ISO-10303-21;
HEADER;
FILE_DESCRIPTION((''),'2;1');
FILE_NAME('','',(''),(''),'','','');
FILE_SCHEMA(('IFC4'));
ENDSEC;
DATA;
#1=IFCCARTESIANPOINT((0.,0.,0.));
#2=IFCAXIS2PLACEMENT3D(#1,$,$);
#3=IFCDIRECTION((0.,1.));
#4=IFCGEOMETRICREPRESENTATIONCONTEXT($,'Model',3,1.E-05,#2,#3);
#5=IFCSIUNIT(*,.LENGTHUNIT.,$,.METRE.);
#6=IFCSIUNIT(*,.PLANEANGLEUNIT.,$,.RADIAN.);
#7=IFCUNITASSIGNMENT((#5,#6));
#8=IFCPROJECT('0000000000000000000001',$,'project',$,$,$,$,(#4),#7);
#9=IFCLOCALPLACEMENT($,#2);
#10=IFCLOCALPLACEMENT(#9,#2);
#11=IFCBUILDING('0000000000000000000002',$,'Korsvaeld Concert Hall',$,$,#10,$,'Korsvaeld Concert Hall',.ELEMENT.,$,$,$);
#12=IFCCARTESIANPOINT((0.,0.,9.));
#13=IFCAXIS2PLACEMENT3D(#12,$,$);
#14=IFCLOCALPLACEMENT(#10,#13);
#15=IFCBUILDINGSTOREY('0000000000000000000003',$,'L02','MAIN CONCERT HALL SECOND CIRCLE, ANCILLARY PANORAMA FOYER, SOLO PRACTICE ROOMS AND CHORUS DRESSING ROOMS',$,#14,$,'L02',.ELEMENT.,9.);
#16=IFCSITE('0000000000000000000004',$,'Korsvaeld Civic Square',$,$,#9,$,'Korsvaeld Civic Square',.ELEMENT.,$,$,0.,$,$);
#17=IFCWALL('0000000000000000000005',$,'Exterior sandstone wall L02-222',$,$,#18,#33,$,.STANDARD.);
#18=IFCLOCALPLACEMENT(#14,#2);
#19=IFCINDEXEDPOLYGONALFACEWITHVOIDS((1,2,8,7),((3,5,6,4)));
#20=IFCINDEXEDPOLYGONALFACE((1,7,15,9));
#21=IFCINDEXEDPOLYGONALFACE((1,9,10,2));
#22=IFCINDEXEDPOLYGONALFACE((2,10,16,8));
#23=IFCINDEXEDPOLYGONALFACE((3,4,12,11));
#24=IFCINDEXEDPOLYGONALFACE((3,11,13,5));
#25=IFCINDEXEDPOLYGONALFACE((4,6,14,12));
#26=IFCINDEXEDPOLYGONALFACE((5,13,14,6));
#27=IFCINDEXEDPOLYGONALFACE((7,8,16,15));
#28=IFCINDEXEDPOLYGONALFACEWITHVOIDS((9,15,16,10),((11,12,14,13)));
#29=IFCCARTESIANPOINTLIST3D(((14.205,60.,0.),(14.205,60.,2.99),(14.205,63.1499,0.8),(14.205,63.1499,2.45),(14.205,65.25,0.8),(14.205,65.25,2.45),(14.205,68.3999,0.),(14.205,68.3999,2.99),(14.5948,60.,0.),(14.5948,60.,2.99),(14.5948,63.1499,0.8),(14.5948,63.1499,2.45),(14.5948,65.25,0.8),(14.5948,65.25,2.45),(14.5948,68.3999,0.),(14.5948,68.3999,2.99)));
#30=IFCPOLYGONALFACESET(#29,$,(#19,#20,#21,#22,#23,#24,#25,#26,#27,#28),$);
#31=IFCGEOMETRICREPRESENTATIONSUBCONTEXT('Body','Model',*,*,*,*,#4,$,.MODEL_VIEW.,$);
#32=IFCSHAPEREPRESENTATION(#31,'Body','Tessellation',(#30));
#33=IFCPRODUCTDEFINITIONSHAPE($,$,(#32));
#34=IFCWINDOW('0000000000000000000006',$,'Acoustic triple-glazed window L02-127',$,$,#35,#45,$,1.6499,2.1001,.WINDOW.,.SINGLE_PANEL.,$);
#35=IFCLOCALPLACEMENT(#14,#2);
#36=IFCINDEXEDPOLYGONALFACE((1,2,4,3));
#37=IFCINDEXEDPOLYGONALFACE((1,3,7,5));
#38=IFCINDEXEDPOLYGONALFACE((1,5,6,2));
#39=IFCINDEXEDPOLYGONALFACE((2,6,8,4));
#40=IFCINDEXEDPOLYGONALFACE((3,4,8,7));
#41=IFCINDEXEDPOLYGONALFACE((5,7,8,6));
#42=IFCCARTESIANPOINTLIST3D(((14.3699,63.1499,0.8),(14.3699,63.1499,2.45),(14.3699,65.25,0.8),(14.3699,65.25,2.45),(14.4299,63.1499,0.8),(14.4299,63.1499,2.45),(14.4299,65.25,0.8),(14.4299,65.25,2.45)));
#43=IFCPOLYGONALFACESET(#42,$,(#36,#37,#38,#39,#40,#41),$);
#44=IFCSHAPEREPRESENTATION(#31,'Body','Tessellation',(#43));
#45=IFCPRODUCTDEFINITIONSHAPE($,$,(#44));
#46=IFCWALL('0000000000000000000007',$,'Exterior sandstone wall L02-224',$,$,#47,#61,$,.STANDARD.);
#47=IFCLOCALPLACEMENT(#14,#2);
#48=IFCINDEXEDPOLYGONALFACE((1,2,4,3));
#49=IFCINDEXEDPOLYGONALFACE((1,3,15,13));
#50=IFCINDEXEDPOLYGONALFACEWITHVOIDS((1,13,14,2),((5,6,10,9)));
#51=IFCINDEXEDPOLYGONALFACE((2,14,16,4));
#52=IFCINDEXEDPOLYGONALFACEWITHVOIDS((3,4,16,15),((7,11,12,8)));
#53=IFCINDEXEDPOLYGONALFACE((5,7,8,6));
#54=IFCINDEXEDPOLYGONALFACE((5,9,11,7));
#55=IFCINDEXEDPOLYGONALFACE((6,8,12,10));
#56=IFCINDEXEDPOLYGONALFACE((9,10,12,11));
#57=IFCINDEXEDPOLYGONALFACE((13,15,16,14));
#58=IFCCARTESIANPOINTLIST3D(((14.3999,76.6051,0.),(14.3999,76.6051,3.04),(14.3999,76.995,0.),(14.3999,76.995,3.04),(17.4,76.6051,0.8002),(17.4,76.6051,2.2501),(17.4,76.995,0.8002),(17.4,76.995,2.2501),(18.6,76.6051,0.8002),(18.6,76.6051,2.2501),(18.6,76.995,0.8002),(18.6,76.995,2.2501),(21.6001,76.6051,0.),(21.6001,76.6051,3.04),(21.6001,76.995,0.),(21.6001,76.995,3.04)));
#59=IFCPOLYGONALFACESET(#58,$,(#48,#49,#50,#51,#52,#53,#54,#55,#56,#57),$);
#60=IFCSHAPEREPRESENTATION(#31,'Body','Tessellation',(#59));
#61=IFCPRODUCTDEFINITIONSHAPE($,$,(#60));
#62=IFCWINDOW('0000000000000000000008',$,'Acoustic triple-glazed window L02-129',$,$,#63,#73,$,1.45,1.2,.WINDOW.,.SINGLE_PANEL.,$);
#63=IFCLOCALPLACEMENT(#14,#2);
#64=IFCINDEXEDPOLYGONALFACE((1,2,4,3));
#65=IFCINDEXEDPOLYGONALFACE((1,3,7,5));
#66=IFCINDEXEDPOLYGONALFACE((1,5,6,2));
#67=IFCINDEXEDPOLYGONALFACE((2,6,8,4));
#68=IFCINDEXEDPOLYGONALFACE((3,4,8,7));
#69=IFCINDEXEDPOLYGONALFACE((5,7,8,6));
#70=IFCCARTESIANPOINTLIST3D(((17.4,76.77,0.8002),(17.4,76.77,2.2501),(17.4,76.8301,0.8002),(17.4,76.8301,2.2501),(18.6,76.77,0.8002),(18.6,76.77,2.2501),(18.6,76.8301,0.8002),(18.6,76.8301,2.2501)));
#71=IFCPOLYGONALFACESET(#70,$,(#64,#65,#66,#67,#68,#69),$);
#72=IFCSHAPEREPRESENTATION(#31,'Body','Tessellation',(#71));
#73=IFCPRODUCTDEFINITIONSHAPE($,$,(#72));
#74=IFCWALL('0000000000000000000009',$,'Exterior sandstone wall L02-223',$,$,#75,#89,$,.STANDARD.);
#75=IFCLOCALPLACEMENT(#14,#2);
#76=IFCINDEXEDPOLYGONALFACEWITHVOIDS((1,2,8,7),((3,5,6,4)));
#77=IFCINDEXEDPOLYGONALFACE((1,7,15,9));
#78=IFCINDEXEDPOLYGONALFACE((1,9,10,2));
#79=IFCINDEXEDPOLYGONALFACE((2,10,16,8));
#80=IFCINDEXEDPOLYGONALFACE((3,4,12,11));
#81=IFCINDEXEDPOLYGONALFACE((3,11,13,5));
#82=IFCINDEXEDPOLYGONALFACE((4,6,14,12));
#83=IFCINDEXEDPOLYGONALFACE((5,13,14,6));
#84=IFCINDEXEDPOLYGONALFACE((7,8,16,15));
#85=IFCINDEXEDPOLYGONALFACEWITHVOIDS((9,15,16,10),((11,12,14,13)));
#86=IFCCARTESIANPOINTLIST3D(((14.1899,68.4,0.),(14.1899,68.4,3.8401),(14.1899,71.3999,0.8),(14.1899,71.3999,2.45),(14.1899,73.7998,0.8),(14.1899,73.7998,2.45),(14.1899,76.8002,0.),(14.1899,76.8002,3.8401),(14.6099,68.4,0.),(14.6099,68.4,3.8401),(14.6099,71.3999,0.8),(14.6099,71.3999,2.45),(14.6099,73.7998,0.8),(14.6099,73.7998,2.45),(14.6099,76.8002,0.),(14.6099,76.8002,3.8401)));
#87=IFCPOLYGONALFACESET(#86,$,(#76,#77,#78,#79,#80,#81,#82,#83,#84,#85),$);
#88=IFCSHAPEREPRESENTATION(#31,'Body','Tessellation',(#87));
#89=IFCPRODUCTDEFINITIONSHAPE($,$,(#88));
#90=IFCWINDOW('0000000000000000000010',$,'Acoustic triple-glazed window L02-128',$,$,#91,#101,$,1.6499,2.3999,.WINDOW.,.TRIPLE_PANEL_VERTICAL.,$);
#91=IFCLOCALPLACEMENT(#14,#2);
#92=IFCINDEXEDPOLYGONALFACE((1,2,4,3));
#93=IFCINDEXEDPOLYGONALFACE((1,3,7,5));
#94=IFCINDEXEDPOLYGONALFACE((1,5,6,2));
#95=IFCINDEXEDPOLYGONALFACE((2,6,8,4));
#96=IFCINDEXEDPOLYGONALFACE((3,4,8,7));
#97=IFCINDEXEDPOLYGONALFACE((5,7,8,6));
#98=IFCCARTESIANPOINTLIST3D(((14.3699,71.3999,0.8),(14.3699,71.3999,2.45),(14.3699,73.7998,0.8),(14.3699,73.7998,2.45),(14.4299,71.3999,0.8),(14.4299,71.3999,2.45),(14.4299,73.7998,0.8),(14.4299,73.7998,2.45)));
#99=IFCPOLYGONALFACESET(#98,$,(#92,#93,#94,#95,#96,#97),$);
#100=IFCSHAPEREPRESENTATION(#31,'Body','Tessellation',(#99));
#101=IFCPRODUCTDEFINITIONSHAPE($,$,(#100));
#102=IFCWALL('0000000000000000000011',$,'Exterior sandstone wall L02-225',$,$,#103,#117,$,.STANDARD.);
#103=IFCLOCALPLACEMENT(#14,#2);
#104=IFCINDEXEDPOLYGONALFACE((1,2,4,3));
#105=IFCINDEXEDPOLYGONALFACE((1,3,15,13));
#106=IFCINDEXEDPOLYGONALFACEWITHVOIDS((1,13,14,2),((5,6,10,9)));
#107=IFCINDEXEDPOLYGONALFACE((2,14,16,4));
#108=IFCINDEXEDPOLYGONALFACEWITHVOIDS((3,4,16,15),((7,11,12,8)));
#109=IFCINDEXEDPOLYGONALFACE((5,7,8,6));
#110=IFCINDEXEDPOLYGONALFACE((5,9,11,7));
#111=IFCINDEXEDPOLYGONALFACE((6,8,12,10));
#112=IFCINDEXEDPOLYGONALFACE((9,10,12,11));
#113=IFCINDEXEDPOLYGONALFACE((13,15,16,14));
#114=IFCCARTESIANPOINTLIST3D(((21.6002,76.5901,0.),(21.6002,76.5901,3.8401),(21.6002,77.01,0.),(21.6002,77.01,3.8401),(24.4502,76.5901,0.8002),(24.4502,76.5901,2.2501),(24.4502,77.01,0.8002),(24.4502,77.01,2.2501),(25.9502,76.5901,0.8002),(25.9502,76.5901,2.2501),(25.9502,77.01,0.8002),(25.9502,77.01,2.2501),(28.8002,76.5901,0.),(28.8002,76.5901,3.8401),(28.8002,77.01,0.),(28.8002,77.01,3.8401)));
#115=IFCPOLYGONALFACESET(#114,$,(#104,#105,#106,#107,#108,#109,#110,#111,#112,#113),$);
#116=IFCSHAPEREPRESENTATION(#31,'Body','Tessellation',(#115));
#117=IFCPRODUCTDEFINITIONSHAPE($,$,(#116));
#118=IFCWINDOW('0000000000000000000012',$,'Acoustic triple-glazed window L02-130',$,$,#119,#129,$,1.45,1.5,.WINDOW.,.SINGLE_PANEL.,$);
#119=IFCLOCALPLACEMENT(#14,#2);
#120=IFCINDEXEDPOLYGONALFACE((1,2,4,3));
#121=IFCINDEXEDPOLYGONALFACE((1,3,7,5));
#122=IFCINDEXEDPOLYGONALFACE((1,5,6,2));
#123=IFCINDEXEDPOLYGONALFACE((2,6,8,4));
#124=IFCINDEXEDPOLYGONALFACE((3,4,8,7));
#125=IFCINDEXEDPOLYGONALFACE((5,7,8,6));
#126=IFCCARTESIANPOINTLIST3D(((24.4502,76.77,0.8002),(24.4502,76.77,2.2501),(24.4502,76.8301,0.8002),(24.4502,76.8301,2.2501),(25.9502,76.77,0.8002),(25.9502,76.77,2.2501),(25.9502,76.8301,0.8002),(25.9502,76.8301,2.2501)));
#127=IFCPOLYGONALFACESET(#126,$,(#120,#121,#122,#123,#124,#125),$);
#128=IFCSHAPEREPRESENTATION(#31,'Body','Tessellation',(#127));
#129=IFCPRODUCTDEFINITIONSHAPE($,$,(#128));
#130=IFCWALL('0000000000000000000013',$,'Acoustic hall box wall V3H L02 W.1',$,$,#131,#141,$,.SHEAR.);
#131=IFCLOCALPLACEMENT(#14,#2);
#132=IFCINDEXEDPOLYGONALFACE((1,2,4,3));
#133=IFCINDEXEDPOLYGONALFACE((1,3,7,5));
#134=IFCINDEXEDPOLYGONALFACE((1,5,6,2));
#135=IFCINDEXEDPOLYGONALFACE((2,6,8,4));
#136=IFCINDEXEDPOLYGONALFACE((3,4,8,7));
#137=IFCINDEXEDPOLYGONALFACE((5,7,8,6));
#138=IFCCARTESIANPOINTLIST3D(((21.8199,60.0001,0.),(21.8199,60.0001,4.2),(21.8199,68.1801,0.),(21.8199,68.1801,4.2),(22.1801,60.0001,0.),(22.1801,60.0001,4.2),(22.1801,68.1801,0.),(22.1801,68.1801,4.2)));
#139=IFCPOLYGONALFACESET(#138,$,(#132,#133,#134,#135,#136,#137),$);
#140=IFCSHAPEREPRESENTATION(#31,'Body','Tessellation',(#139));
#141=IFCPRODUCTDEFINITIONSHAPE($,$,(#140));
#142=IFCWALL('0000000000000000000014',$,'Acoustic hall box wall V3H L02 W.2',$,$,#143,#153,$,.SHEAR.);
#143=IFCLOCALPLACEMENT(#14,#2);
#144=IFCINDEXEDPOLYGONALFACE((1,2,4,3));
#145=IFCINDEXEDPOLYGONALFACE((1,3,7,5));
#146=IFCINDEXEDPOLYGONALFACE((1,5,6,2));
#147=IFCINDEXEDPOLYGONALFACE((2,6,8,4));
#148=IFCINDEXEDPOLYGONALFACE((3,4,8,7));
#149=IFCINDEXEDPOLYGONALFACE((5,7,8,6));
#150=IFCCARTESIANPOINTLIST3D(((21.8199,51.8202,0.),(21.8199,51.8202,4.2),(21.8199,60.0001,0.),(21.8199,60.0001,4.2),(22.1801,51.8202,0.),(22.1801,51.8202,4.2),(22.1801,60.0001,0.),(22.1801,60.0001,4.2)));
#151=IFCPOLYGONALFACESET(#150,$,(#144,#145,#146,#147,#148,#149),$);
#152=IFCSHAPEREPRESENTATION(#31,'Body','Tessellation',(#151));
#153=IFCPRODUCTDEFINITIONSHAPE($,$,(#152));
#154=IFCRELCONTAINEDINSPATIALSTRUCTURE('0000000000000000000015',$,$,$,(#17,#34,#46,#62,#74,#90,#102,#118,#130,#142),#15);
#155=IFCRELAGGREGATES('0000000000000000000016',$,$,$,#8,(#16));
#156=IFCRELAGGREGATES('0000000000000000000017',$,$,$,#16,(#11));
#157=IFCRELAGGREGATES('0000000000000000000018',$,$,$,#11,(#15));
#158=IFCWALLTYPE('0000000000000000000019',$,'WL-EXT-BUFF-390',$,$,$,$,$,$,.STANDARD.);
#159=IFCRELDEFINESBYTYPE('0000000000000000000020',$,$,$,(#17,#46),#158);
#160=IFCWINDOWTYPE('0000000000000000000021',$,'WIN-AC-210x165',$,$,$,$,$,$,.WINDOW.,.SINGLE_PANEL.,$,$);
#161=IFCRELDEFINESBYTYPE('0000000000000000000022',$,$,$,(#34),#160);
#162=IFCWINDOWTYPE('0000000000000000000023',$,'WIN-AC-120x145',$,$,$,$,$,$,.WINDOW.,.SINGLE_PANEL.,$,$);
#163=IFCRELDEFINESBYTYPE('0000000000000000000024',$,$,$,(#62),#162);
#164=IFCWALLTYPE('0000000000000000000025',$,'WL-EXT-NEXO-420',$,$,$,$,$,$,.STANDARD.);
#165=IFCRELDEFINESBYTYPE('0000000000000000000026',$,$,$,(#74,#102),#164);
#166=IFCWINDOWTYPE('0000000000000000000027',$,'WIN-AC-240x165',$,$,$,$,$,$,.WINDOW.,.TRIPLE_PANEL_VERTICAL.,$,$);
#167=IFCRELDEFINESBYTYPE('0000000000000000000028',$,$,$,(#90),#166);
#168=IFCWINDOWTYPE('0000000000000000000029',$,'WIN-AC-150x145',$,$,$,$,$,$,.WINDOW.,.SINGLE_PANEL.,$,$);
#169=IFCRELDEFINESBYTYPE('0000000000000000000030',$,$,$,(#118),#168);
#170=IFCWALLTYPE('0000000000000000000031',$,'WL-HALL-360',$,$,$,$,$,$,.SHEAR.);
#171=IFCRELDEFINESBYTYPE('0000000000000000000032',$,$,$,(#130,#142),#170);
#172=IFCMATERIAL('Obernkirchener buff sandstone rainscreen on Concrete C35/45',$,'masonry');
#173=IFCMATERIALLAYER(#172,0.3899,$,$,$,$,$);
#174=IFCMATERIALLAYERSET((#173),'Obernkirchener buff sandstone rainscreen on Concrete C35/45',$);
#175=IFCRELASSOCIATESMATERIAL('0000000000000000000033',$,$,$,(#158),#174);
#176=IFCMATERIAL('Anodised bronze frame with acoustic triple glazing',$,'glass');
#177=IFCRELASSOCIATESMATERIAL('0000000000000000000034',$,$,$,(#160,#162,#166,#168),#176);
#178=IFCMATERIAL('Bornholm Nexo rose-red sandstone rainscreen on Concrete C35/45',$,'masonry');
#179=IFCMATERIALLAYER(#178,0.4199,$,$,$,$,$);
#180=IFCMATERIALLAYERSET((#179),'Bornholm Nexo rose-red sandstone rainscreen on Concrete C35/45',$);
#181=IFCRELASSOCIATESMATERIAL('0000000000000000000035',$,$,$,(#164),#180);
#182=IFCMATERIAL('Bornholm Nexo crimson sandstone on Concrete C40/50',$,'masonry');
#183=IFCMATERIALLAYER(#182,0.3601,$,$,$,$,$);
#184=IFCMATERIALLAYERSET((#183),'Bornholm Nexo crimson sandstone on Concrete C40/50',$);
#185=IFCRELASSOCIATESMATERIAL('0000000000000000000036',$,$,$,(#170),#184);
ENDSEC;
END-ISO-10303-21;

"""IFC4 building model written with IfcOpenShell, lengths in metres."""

from ifc_helpers import new_model, si_unit, direction, frame, frame_2d, origin, place, context, subcontext, project, spatial, rectangle, extrude, material, layer, layer_set, type_object, element, fill, save


model = new_model("IFC4")

# Units and contexts
model_context = context("Model", 3, precision=1e-05, world=origin(), true_north=direction((0.0, 1.0)))
body_context = subcontext(model_context, "Body", "Model", "MODEL_VIEW")
ifc_project = project(units=[si_unit("LENGTHUNIT", "METRE"), si_unit("PLANEANGLEUNIT", "RADIAN")], contexts=[model_context])

# Site, building, storey
site_placement = place(None, origin())
site = spatial("IfcSite", under=ifc_project, at=site_placement, Name="Korsvaeld Civic Square", LongName="Korsvaeld Civic Square", CompositionType="ELEMENT", RefElevation=0.0)
building_placement = place(site_placement, origin())
building = spatial("IfcBuilding", under=site, at=building_placement, Name="Korsvaeld Concert Hall", LongName="Korsvaeld Concert Hall", CompositionType="ELEMENT")
storey_placement = place(building_placement, frame((0.0, 0.0, 9.0)))
storey = spatial("IfcBuildingStorey", under=building, at=storey_placement, Name="L02", Description="MAIN CONCERT HALL SECOND CIRCLE, ANCILLARY PANORAMA FOYER, SOLO PRACTICE ROOMS AND CHORUS DRESSING ROOMS", LongName="L02", CompositionType="ELEMENT", Elevation=9.0)

# Walls, openings, windows
ifc_material_1 = material(Name="Obernkirchener buff sandstone rainscreen on Concrete C35/45", Category="masonry")
ifc_layer_1 = layer(ifc_material_1, 0.3899)
ifc_layer_set_1 = layer_set([ifc_layer_1], Name="Obernkirchener buff sandstone rainscreen on Concrete C35/45")
wall_type_1 = type_object("IfcWallType", Name="WL-EXT-BUFF-390", PredefinedType="STANDARD", material=ifc_layer_set_1)
wall_1_placement = place(storey_placement, frame((14.3999, 60.0, 0.0), z_axis=(0.0, 0.0, 1.0), x_axis=(0.0, 1.0, 0.0)))
wall_1 = element("IfcWall", 1, at=wall_1_placement, inside=storey, type_object=wall_type_1, Name="Exterior sandstone wall L02-222", PredefinedType="STANDARD", context=body_context, shape_type="SweptSolid", body=[
    extrude(rectangle(XDim=8.3999, YDim=0.3899, at=frame_2d((4.2, 0.0))), origin(), (0.0, 0.0, 1.0), 2.99),
])
opening_1_placement = place(wall_1_placement, frame((3.1499, 0.0, 0.8)))
opening_1 = element("IfcOpeningElement", 2, at=opening_1_placement, cuts=wall_1, PredefinedType="OPENING", context=body_context, shape_type="SweptSolid", body=[
    extrude(rectangle(XDim=2.1001, YDim=1.6499, at=frame_2d((1.05, 0.825))), frame((0.0, 0.2051, 0.0), z_axis=(0.0, -1.0, 0.0), x_axis=(1.0, 0.0, 0.0)), (0.0, 0.0, 1.0), 0.4099),
])
ifc_material_2 = material(Name="Anodised bronze frame with acoustic triple glazing", Category="glass")
window_type_1 = type_object("IfcWindowType", Name="WIN-AC-210x165", PartitioningType="SINGLE_PANEL", PredefinedType="WINDOW", material=ifc_material_2)
window_1_placement = place(opening_1_placement, origin())
window_1 = element("IfcWindow", 3, at=window_1_placement, inside=storey, type_object=window_type_1, Name="Acoustic triple-glazed window L02-127", OverallHeight=1.6499, OverallWidth=2.1001, PartitioningType="SINGLE_PANEL", PredefinedType="WINDOW", context=body_context, shape_type="SweptSolid", body=[
    extrude(rectangle(XDim=2.1001, YDim=1.6499, at=frame_2d((1.05, 0.825))), frame((0.0, 0.03, 0.0), z_axis=(0.0, -1.0, 0.0), x_axis=(1.0, 0.0, 0.0)), (0.0, 0.0, 1.0), 0.0601),
])
fill(opening_1, window_1)
wall_2_placement = place(storey_placement, frame((14.3999, 76.8, 0.0), z_axis=(0.0, 0.0, 1.0), x_axis=(1.0, 0.0, 0.0)))
wall_2 = element("IfcWall", 4, at=wall_2_placement, inside=storey, type_object=wall_type_1, Name="Exterior sandstone wall L02-224", PredefinedType="STANDARD", context=body_context, shape_type="SweptSolid", body=[
    extrude(rectangle(XDim=7.2002, YDim=0.3899, at=frame_2d((3.6001, 0.0))), origin(), (0.0, 0.0, 1.0), 3.04),
])
opening_2_placement = place(wall_2_placement, frame((3.0, 0.0, 0.8)))
opening_2 = element("IfcOpeningElement", 5, at=opening_2_placement, cuts=wall_2, PredefinedType="OPENING", context=body_context, shape_type="SweptSolid", body=[
    extrude(rectangle(XDim=1.2, YDim=1.45, at=frame_2d((0.6001, 0.7251))), frame((0.0, 0.2051, 0.0), z_axis=(0.0, -1.0, 0.0), x_axis=(1.0, 0.0, 0.0)), (0.0, 0.0, 1.0), 0.4099),
])
window_type_2 = type_object("IfcWindowType", Name="WIN-AC-120x145", PartitioningType="SINGLE_PANEL", PredefinedType="WINDOW", material=ifc_material_2)
window_2_placement = place(opening_2_placement, origin())
window_2 = element("IfcWindow", 6, at=window_2_placement, inside=storey, type_object=window_type_2, Name="Acoustic triple-glazed window L02-129", OverallHeight=1.45, OverallWidth=1.2, PartitioningType="SINGLE_PANEL", PredefinedType="WINDOW", context=body_context, shape_type="SweptSolid", body=[
    extrude(rectangle(XDim=1.2, YDim=1.45, at=frame_2d((0.6001, 0.7251))), frame((0.0, 0.03, 0.0), z_axis=(0.0, -1.0, 0.0), x_axis=(1.0, 0.0, 0.0)), (0.0, 0.0, 1.0), 0.0601),
])
fill(opening_2, window_2)
ifc_material_3 = material(Name="Bornholm Nexo rose-red sandstone rainscreen on Concrete C35/45", Category="masonry")
ifc_layer_2 = layer(ifc_material_3, 0.4199)
ifc_layer_set_2 = layer_set([ifc_layer_2], Name="Bornholm Nexo rose-red sandstone rainscreen on Concrete C35/45")
wall_type_2 = type_object("IfcWallType", Name="WL-EXT-NEXO-420", PredefinedType="STANDARD", material=ifc_layer_set_2)
wall_3_placement = place(storey_placement, frame((14.3999, 68.3999, 0.0), z_axis=(0.0, 0.0, 1.0), x_axis=(0.0, 1.0, 0.0)))
wall_3 = element("IfcWall", 7, at=wall_3_placement, inside=storey, type_object=wall_type_2, Name="Exterior sandstone wall L02-223", PredefinedType="STANDARD", context=body_context, shape_type="SweptSolid", body=[
    extrude(rectangle(XDim=8.4001, YDim=0.4199, at=frame_2d((4.2002, 0.0))), origin(), (0.0, 0.0, 1.0), 3.8401),
])
opening_3_placement = place(wall_3_placement, frame((3.0, 0.0, 0.8)))
opening_3 = element("IfcOpeningElement", 8, at=opening_3_placement, cuts=wall_3, PredefinedType="OPENING", context=body_context, shape_type="SweptSolid", body=[
    extrude(rectangle(XDim=2.3999, YDim=1.6499, at=frame_2d((1.2, 0.825))), frame((0.0, 0.22, 0.0), z_axis=(0.0, -1.0, 0.0), x_axis=(1.0, 0.0, 0.0)), (0.0, 0.0, 1.0), 0.4399),
])
window_type_3 = type_object("IfcWindowType", Name="WIN-AC-240x165", PartitioningType="TRIPLE_PANEL_VERTICAL", PredefinedType="WINDOW", material=ifc_material_2)
window_3_placement = place(opening_3_placement, origin())
window_3 = element("IfcWindow", 9, at=window_3_placement, inside=storey, type_object=window_type_3, Name="Acoustic triple-glazed window L02-128", OverallHeight=1.6499, OverallWidth=2.3999, PartitioningType="TRIPLE_PANEL_VERTICAL", PredefinedType="WINDOW", context=body_context, shape_type="SweptSolid", body=[
    extrude(rectangle(XDim=2.3999, YDim=1.6499, at=frame_2d((1.2, 0.825))), frame((0.0, 0.03, 0.0), z_axis=(0.0, -1.0, 0.0), x_axis=(1.0, 0.0, 0.0)), (0.0, 0.0, 1.0), 0.0601),
])
fill(opening_3, window_3)
wall_4_placement = place(storey_placement, frame((21.6001, 76.8, 0.0), z_axis=(0.0, 0.0, 1.0), x_axis=(1.0, 0.0, 0.0)))
wall_4 = element("IfcWall", 10, at=wall_4_placement, inside=storey, type_object=wall_type_2, Name="Exterior sandstone wall L02-225", PredefinedType="STANDARD", context=body_context, shape_type="SweptSolid", body=[
    extrude(rectangle(XDim=7.2, YDim=0.4199, at=frame_2d((3.6001, 0.0))), origin(), (0.0, 0.0, 1.0), 3.8401),
])
opening_4_placement = place(wall_4_placement, frame((2.8501, 0.0, 0.8)))
opening_4 = element("IfcOpeningElement", 11, at=opening_4_placement, cuts=wall_4, PredefinedType="OPENING", context=body_context, shape_type="SweptSolid", body=[
    extrude(rectangle(XDim=1.5, YDim=1.45, at=frame_2d((0.75, 0.7251))), frame((0.0, 0.22, 0.0), z_axis=(0.0, -1.0, 0.0), x_axis=(1.0, 0.0, 0.0)), (0.0, 0.0, 1.0), 0.4399),
])
window_type_4 = type_object("IfcWindowType", Name="WIN-AC-150x145", PartitioningType="SINGLE_PANEL", PredefinedType="WINDOW", material=ifc_material_2)
window_4_placement = place(opening_4_placement, origin())
window_4 = element("IfcWindow", 12, at=window_4_placement, inside=storey, type_object=window_type_4, Name="Acoustic triple-glazed window L02-130", OverallHeight=1.45, OverallWidth=1.5, PartitioningType="SINGLE_PANEL", PredefinedType="WINDOW", context=body_context, shape_type="SweptSolid", body=[
    extrude(rectangle(XDim=1.5, YDim=1.45, at=frame_2d((0.75, 0.7251))), frame((0.0, 0.03, 0.0), z_axis=(0.0, -1.0, 0.0), x_axis=(1.0, 0.0, 0.0)), (0.0, 0.0, 1.0), 0.0601),
])
fill(opening_4, window_4)

# Walls
ifc_material_4 = material(Name="Bornholm Nexo crimson sandstone on Concrete C40/50", Category="masonry")
ifc_layer_3 = layer(ifc_material_4, 0.3601)
ifc_layer_set_3 = layer_set([ifc_layer_3], Name="Bornholm Nexo crimson sandstone on Concrete C40/50")
wall_type_3 = type_object("IfcWallType", Name="WL-HALL-360", PredefinedType="SHEAR", material=ifc_layer_set_3)
for number, where, z_axis, x_axis, name in (
    (13, (22.0, 68.1799, 0.0), (0.0, 0.0, 1.0), (0.0, -1.0, 0.0), "Acoustic hall box wall V3H L02 W.1"),
    (14, (22.0, 60.0, 0.0), (0.0, 0.0, 1.0), (0.0, -1.0, 0.0), "Acoustic hall box wall V3H L02 W.2"),
):
    element("IfcWall", number, at=place(storey_placement, frame(where, z_axis=z_axis, x_axis=x_axis)), inside=storey, type_object=wall_type_3, Name=name, PredefinedType="SHEAR", context=body_context, shape_type="SweptSolid", body=[
        extrude(rectangle(XDim=8.1799, YDim=0.3601, at=frame_2d((4.0898, 0.0))), origin(), (0.0, 0.0, 1.0), 4.2),
    ])

save(model, "model.ifc")
